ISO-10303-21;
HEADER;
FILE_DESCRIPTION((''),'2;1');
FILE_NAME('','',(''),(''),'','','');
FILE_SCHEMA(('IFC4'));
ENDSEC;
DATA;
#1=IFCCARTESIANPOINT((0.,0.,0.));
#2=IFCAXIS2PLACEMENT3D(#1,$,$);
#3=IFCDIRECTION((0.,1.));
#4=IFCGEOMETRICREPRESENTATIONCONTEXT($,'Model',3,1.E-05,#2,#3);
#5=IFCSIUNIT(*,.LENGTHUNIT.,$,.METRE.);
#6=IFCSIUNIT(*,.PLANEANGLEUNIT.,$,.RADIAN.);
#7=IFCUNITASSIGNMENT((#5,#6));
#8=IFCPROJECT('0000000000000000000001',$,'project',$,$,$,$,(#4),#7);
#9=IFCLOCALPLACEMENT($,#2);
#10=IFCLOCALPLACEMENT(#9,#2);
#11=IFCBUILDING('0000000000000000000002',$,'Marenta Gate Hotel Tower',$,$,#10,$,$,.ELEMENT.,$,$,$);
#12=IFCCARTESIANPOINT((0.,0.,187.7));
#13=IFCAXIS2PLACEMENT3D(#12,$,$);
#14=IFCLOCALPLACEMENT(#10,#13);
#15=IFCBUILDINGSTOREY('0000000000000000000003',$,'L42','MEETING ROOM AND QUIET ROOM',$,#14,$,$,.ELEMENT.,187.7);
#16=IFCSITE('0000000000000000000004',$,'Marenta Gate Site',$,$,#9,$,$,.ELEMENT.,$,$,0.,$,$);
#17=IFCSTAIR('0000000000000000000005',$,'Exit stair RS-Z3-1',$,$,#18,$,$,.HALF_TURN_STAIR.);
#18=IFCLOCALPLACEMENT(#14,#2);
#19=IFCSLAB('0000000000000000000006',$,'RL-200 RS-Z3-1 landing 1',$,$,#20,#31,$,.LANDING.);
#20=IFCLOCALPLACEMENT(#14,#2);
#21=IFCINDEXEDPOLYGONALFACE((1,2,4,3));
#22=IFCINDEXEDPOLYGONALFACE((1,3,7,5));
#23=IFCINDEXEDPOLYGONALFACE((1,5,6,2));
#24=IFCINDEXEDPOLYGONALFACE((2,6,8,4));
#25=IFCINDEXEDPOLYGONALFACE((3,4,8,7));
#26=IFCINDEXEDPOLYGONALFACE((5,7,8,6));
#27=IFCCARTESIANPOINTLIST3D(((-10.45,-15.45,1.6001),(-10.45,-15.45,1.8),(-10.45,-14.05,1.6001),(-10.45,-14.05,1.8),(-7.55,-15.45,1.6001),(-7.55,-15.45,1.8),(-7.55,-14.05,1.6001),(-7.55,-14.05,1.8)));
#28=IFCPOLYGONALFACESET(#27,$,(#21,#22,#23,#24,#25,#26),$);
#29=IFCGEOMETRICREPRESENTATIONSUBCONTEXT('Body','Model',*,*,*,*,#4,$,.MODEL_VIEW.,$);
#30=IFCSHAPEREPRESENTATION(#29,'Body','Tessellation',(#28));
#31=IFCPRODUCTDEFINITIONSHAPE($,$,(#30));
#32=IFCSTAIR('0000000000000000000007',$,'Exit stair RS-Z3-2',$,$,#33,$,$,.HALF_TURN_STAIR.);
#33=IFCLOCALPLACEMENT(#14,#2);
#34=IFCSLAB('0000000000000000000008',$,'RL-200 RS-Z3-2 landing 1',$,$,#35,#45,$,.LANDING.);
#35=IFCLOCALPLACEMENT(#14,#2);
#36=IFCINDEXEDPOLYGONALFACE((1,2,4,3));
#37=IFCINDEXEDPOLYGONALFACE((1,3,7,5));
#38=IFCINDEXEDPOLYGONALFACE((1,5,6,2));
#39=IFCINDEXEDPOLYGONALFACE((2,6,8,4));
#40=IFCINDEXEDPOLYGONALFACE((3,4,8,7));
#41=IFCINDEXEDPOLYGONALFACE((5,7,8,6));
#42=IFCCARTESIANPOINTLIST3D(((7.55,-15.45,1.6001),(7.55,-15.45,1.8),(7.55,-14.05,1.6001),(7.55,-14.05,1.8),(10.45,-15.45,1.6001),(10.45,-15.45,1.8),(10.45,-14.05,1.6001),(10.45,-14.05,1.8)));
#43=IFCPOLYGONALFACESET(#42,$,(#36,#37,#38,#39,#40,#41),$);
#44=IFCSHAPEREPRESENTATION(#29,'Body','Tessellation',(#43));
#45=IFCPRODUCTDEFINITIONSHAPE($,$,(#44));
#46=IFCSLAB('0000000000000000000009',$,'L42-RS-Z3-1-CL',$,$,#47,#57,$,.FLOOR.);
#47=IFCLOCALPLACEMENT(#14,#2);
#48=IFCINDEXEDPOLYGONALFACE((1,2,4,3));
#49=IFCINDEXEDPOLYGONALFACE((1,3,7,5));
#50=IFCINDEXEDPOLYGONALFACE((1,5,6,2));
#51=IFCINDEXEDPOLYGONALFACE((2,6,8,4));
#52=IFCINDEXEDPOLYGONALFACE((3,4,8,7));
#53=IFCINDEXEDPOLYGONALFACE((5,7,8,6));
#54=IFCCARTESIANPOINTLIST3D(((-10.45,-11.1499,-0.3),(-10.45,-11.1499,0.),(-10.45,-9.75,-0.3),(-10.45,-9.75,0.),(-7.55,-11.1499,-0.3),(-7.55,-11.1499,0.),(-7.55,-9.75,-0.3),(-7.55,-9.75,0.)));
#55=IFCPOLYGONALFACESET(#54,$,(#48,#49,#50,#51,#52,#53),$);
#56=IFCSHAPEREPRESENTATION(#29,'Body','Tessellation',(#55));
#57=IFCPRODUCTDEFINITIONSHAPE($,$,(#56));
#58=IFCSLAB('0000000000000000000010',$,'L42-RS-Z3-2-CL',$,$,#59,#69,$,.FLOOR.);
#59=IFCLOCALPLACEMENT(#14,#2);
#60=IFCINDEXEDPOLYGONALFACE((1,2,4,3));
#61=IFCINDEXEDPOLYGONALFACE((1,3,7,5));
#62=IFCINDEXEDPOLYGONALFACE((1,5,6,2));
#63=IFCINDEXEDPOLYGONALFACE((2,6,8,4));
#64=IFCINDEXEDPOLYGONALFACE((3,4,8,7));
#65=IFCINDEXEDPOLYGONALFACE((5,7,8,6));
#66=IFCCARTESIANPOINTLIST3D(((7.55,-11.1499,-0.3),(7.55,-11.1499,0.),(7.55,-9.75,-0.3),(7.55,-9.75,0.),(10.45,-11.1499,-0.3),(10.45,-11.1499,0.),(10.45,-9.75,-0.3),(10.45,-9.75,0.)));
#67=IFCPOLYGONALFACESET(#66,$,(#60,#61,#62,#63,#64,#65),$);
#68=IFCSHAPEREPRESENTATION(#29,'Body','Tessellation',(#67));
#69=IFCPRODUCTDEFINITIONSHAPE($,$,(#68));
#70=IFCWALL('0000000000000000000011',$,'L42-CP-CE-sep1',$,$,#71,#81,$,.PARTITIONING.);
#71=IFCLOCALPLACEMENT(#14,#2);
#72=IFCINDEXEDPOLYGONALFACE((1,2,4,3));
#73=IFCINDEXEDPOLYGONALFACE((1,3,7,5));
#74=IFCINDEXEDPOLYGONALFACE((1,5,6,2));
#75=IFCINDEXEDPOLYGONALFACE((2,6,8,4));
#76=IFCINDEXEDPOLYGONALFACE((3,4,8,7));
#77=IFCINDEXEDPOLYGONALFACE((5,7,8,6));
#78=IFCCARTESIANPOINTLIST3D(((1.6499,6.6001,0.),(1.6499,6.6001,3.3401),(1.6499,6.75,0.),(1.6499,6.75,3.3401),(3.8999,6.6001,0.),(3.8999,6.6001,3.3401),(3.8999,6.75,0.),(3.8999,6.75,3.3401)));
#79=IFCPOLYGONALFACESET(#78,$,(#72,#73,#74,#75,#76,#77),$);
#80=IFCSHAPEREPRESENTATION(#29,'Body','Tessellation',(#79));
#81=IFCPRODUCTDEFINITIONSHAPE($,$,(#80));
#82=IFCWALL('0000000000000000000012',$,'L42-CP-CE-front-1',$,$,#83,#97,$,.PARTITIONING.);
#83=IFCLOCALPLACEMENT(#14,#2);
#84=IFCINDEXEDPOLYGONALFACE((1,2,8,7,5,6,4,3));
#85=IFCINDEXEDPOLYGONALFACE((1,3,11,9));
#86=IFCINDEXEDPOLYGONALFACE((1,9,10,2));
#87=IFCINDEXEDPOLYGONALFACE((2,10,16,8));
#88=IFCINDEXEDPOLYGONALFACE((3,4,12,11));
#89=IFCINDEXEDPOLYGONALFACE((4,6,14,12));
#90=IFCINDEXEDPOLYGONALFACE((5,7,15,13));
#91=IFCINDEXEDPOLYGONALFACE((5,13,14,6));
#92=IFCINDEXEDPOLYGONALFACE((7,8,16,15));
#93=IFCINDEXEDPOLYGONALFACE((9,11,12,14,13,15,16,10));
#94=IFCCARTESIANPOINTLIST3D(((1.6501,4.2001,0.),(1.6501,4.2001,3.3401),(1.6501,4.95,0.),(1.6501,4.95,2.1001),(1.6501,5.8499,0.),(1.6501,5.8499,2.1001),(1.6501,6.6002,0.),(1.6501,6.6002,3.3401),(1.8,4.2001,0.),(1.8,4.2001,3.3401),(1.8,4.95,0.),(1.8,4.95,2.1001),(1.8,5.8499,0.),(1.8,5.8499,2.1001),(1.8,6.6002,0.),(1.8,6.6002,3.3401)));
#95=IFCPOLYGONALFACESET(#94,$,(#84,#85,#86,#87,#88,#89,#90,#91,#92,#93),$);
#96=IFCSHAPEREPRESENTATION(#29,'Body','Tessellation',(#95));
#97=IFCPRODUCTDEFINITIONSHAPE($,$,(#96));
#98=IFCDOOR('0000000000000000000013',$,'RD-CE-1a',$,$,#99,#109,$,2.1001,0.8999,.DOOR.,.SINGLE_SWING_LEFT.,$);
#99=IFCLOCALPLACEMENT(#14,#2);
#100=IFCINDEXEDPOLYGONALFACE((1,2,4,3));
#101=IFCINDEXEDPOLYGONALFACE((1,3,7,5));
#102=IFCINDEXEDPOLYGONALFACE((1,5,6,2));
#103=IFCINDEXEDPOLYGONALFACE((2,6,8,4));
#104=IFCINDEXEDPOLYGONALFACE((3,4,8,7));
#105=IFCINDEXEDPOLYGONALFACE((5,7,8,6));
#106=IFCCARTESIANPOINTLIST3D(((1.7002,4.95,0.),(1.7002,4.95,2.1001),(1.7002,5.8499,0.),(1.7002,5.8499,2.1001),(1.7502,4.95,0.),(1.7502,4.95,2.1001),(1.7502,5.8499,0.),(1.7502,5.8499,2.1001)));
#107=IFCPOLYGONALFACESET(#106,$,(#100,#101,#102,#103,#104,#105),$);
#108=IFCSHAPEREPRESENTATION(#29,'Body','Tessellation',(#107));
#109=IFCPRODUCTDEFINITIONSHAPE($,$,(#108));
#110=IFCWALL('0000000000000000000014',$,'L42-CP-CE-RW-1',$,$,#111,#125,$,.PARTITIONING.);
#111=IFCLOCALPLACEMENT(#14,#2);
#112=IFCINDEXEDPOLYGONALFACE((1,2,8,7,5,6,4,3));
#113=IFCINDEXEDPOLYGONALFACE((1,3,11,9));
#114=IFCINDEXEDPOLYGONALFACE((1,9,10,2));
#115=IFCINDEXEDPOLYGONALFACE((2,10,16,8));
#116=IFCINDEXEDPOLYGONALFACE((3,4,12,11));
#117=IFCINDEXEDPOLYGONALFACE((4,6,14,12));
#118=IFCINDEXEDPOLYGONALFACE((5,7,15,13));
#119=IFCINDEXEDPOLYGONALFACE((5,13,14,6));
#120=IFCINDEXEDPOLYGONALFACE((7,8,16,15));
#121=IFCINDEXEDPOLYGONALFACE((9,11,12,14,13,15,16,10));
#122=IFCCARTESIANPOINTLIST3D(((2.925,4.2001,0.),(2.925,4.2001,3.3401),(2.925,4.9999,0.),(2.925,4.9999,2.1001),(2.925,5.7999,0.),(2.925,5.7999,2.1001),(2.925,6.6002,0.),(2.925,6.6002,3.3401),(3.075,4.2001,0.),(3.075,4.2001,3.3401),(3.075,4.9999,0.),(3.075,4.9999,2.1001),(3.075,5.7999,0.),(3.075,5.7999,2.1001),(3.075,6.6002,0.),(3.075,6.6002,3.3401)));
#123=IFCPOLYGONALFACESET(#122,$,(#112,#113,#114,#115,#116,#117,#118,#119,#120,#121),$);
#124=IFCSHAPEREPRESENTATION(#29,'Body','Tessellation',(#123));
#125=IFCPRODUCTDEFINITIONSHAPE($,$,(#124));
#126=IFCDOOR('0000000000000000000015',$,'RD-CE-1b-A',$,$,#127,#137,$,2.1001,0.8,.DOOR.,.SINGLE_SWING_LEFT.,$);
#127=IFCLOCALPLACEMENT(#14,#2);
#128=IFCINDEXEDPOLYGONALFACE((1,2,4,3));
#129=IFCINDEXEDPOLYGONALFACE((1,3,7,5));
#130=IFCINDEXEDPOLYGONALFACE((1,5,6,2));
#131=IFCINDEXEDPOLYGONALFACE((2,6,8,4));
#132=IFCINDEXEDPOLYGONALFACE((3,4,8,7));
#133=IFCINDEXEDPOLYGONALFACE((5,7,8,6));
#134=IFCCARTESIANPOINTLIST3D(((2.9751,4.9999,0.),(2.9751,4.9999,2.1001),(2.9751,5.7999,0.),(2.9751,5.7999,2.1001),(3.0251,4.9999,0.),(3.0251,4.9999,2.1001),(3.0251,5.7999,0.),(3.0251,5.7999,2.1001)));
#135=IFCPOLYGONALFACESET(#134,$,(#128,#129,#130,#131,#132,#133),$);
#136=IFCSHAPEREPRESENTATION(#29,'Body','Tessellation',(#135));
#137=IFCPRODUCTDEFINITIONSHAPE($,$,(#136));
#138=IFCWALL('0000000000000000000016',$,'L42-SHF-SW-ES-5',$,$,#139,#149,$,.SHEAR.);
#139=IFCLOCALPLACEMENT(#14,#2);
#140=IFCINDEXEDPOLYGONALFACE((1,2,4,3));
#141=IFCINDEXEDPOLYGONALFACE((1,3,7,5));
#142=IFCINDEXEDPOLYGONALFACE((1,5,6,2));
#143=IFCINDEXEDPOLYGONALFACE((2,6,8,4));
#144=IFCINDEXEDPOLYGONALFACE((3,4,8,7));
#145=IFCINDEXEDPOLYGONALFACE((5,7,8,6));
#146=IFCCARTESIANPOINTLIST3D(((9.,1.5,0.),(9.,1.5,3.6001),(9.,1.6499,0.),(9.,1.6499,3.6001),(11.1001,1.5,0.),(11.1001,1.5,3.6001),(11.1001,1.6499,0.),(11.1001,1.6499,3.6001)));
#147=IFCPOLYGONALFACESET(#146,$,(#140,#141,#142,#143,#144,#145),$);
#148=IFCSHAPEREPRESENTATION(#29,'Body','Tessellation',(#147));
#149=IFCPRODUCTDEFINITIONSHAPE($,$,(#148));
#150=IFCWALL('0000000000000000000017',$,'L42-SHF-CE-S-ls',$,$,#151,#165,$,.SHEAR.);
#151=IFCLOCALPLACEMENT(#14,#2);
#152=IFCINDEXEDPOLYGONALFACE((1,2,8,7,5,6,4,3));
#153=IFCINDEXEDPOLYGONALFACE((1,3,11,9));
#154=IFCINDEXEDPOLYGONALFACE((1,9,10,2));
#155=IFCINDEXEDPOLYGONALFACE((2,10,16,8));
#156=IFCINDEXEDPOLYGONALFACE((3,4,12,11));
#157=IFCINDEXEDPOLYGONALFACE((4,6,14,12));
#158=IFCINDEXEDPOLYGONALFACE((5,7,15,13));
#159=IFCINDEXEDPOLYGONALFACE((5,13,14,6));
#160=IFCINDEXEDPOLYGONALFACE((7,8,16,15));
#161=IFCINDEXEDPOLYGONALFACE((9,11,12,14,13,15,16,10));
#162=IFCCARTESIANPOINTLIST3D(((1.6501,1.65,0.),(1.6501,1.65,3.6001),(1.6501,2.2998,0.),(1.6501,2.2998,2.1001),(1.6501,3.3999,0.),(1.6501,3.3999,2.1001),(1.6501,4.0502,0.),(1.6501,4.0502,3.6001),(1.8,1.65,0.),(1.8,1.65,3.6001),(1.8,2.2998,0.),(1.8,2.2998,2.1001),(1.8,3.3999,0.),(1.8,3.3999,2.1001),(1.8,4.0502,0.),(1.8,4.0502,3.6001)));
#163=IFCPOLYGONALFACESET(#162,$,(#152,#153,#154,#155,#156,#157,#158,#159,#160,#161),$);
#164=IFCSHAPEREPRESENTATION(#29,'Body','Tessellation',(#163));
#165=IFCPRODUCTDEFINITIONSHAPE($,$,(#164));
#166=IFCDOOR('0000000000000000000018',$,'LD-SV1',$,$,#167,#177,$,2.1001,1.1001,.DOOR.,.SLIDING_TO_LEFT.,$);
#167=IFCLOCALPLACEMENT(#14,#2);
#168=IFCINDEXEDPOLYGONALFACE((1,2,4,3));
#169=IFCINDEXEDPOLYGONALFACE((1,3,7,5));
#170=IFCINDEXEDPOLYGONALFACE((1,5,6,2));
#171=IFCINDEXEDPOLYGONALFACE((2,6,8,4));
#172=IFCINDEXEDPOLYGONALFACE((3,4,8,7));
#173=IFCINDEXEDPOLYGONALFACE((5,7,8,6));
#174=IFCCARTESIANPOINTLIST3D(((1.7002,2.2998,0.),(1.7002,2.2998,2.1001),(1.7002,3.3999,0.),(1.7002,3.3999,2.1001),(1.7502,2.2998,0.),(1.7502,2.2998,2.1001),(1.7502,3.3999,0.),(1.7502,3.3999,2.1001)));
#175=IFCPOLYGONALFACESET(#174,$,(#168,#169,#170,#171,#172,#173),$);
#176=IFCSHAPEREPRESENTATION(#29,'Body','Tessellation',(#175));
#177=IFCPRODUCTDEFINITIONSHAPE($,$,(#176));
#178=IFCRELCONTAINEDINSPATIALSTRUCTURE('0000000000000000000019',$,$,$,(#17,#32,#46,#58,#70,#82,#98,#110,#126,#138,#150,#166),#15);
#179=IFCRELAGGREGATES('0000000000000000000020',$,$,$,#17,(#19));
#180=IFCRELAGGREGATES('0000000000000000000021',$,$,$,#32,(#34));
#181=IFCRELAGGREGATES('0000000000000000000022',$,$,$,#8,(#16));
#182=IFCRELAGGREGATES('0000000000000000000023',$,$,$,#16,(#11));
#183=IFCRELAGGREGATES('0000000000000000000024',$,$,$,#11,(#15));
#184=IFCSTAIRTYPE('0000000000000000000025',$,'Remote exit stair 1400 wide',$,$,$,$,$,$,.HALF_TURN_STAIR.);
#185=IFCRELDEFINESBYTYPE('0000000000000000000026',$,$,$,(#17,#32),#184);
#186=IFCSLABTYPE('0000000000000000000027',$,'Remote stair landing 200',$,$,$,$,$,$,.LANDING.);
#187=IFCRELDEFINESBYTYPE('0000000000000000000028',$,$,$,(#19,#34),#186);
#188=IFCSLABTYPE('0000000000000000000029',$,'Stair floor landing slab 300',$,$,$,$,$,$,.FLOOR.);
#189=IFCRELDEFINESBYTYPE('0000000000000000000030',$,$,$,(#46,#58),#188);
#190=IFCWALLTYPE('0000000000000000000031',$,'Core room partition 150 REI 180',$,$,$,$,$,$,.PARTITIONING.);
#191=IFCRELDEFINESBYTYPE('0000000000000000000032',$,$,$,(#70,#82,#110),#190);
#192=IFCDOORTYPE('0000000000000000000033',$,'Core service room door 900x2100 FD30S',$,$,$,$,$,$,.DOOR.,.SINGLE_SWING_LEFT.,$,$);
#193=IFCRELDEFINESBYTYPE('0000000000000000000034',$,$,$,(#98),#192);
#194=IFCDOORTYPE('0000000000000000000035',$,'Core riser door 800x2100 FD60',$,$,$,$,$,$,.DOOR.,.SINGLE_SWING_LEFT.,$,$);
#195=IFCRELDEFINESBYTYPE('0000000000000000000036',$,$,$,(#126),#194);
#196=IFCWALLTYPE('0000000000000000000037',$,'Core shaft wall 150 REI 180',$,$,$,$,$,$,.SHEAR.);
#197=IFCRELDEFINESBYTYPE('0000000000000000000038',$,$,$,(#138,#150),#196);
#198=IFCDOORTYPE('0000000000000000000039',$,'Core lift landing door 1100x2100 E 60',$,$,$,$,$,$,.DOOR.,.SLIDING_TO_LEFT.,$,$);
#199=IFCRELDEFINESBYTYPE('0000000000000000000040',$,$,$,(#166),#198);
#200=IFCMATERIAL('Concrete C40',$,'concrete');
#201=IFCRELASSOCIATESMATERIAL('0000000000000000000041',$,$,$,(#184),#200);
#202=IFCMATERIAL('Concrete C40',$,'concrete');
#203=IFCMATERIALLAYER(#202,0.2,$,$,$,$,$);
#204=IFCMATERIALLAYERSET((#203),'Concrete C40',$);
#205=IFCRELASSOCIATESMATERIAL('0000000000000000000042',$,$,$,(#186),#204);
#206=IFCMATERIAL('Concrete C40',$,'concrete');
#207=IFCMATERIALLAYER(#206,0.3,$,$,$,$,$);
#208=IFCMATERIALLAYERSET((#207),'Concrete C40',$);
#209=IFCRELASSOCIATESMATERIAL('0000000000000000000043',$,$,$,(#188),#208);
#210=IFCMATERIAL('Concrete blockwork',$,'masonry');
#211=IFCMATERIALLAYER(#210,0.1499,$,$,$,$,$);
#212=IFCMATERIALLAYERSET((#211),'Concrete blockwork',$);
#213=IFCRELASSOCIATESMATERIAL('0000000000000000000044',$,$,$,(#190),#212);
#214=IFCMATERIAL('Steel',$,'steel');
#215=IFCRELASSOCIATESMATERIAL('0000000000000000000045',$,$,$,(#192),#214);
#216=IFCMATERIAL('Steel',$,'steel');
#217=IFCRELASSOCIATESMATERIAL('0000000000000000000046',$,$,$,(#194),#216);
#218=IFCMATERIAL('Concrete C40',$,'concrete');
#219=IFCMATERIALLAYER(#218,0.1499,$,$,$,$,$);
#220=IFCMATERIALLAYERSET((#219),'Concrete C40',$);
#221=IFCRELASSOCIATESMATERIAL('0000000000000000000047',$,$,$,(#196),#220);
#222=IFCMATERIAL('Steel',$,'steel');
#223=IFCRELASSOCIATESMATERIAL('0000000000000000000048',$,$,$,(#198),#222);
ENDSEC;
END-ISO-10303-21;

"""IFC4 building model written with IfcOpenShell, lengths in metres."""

from ifc_helpers import new_model, si_unit, direction, frame, frame_2d, origin, place, context, subcontext, project, spatial, polyline, rectangle, outline, extrude, material, layer, layer_set, type_object, element, fill, aggregate, save


model = new_model("IFC4")

# Units and contexts
model_context = context("Model", 3, precision=1e-05, world=origin(), true_north=direction((0.0, 1.0)))
body_context = subcontext(model_context, "Body", "Model", "MODEL_VIEW")
ifc_project = project(units=[si_unit("LENGTHUNIT", "METRE"), si_unit("PLANEANGLEUNIT", "RADIAN")], contexts=[model_context])

# Site, building, storey
site_placement = place(None, origin())
site = spatial("IfcSite", under=ifc_project, at=site_placement, Name="Marenta Gate Site", CompositionType="ELEMENT", RefElevation=0.0)
building_placement = place(site_placement, origin())
building = spatial("IfcBuilding", under=site, at=building_placement, Name="Marenta Gate Hotel Tower", CompositionType="ELEMENT")
storey_placement = place(building_placement, frame((0.0, 0.0, 187.7)))
storey = spatial("IfcBuildingStorey", under=building, at=storey_placement, Name="L42", Description="MEETING ROOM AND QUIET ROOM", CompositionType="ELEMENT", Elevation=187.7)

# Stairs, slabs
ifc_material_1 = material(Name="Concrete C40", Category="concrete")
stair_type_1 = type_object("IfcStairType", Name="Remote exit stair 1400 wide", PredefinedType="HALF_TURN_STAIR", material=ifc_material_1)
stair_1_placement = place(storey_placement, origin())
stair_1 = element("IfcStair", 1, at=stair_1_placement, inside=storey, type_object=stair_type_1, Name="Exit stair RS-Z3-1", PredefinedType="HALF_TURN_STAIR")
ifc_material_2 = material(Name="Concrete C40", Category="concrete")
ifc_layer_1 = layer(ifc_material_2, 0.2)
ifc_layer_set_1 = layer_set([ifc_layer_1], Name="Concrete C40")
slab_type_1 = type_object("IfcSlabType", Name="Remote stair landing 200", PredefinedType="LANDING", material=ifc_layer_set_1)
slab_1_placement = place(storey_placement, frame((0.0, 0.0, 1.6001)))
slab_1 = element("IfcSlab", 2, at=slab_1_placement, type_object=slab_type_1, Name="RL-200 RS-Z3-1 landing 1", PredefinedType="LANDING", context=body_context, shape_type="SweptSolid", body=[
    extrude(outline(polyline([(-10.45, -15.45), (-7.55, -15.45), (-7.55, -14.05), (-10.45, -14.05), (-10.45, -15.45)])), origin(), (0.0, 0.0, 1.0), 0.2),
])
aggregate(stair_1, [slab_1])
stair_2_placement = place(storey_placement, origin())
stair_2 = element("IfcStair", 3, at=stair_2_placement, inside=storey, type_object=stair_type_1, Name="Exit stair RS-Z3-2", PredefinedType="HALF_TURN_STAIR")
slab_2_placement = place(storey_placement, frame((0.0, 0.0, 1.6001)))
slab_2 = element("IfcSlab", 4, at=slab_2_placement, type_object=slab_type_1, Name="RL-200 RS-Z3-2 landing 1", PredefinedType="LANDING", context=body_context, shape_type="SweptSolid", body=[
    extrude(outline(polyline([(7.55, -15.45), (10.45, -15.45), (10.45, -14.05), (7.55, -14.05), (7.55, -15.45)])), origin(), (0.0, 0.0, 1.0), 0.2),
])
aggregate(stair_2, [slab_2])

# Slabs
ifc_material_3 = material(Name="Concrete C40", Category="concrete")
ifc_layer_2 = layer(ifc_material_3, 0.3)
ifc_layer_set_2 = layer_set([ifc_layer_2], Name="Concrete C40")
slab_type_2 = type_object("IfcSlabType", Name="Stair floor landing slab 300", PredefinedType="FLOOR", material=ifc_layer_set_2)
slab_3_placement = place(storey_placement, frame((0.0, 0.0, -0.3)))
element("IfcSlab", 5, at=slab_3_placement, inside=storey, type_object=slab_type_2, Name="L42-RS-Z3-1-CL", PredefinedType="FLOOR", context=body_context, shape_type="SweptSolid", body=[
    extrude(outline(polyline([(-7.55, -11.1499), (-7.55, -9.75), (-10.45, -9.75), (-10.45, -11.1499), (-7.55, -11.1499)])), origin(), (0.0, 0.0, 1.0), 0.3),
])
slab_4_placement = place(storey_placement, frame((0.0, 0.0, -0.3)))
element("IfcSlab", 6, at=slab_4_placement, inside=storey, type_object=slab_type_2, Name="L42-RS-Z3-2-CL", PredefinedType="FLOOR", context=body_context, shape_type="SweptSolid", body=[
    extrude(outline(polyline([(10.45, -11.1499), (10.45, -9.75), (7.55, -9.75), (7.55, -11.1499), (10.45, -11.1499)])), origin(), (0.0, 0.0, 1.0), 0.3),
])

# Wall
ifc_material_4 = material(Name="Concrete blockwork", Category="masonry")
ifc_layer_3 = layer(ifc_material_4, 0.1499)
ifc_layer_set_3 = layer_set([ifc_layer_3], Name="Concrete blockwork")
wall_type_1 = type_object("IfcWallType", Name="Core room partition 150 REI 180", PredefinedType="PARTITIONING", material=ifc_layer_set_3)
wall_1_placement = place(storey_placement, frame((1.6499, 6.675, 0.0), z_axis=(0.0, 0.0, 1.0), x_axis=(1.0, 0.0, 0.0)))
element("IfcWall", 7, at=wall_1_placement, inside=storey, type_object=wall_type_1, Name="L42-CP-CE-sep1", PredefinedType="PARTITIONING", context=body_context, shape_type="SweptSolid", body=[
    extrude(rectangle(XDim=2.25, YDim=0.1499, at=frame_2d((1.125, 0.0))), origin(), (0.0, 0.0, 1.0), 3.3401),
])

# Walls, openings, doors
wall_2_placement = place(storey_placement, frame((1.7251, 4.2, 0.0), z_axis=(0.0, 0.0, 1.0), x_axis=(0.0, 1.0, 0.0)))
wall_2 = element("IfcWall", 8, at=wall_2_placement, inside=storey, type_object=wall_type_1, Name="L42-CP-CE-front-1", PredefinedType="PARTITIONING", context=body_context, shape_type="SweptSolid", body=[
    extrude(rectangle(XDim=2.4001, YDim=0.1499, at=frame_2d((1.2002, 0.0))), origin(), (0.0, 0.0, 1.0), 3.3401),
])
opening_1_placement = place(wall_2_placement, frame((0.75, 0.0, 0.0)))
opening_1 = element("IfcOpeningElement", 9, at=opening_1_placement, cuts=wall_2, PredefinedType="OPENING", context=body_context, shape_type="SweptSolid", body=[
    extrude(rectangle(XDim=0.8999, YDim=2.1001, at=frame_2d((0.45, 1.05))), frame((0.0, 0.075, 0.0), z_axis=(0.0, -1.0, 0.0), x_axis=(1.0, 0.0, 0.0)), (0.0, 0.0, 1.0), 0.1499),
])
ifc_material_5 = material(Name="Steel", Category="steel")
door_type_1 = type_object("IfcDoorType", Name="Core service room door 900x2100 FD30S", OperationType="SINGLE_SWING_LEFT", PredefinedType="DOOR", material=ifc_material_5)
door_1_placement = place(opening_1_placement, origin())
door_1 = element("IfcDoor", 10, at=door_1_placement, inside=storey, type_object=door_type_1, Name="RD-CE-1a", OperationType="SINGLE_SWING_LEFT", OverallHeight=2.1001, OverallWidth=0.8999, PredefinedType="DOOR", context=body_context, shape_type="SweptSolid", body=[
    extrude(rectangle(XDim=0.8999, YDim=2.1001, at=frame_2d((0.45, 1.05))), frame((0.0, 0.0249, 0.0), z_axis=(0.0, -1.0, 0.0), x_axis=(1.0, 0.0, 0.0)), (0.0, 0.0, 1.0), 0.05),
])
fill(opening_1, door_1)
wall_3_placement = place(storey_placement, frame((3.0, 4.2, 0.0), z_axis=(0.0, 0.0, 1.0), x_axis=(0.0, 1.0, 0.0)))
wall_3 = element("IfcWall", 11, at=wall_3_placement, inside=storey, type_object=wall_type_1, Name="L42-CP-CE-RW-1", PredefinedType="PARTITIONING", context=body_context, shape_type="SweptSolid", body=[
    extrude(rectangle(XDim=2.4001, YDim=0.1499, at=frame_2d((1.2002, 0.0))), origin(), (0.0, 0.0, 1.0), 3.3401),
])
opening_2_placement = place(wall_3_placement, frame((0.8, 0.0, 0.0)))
opening_2 = element("IfcOpeningElement", 12, at=opening_2_placement, cuts=wall_3, PredefinedType="OPENING", context=body_context, shape_type="SweptSolid", body=[
    extrude(rectangle(XDim=0.8, YDim=2.1001, at=frame_2d((0.3999, 1.05))), frame((0.0, 0.075, 0.0), z_axis=(0.0, -1.0, 0.0), x_axis=(1.0, 0.0, 0.0)), (0.0, 0.0, 1.0), 0.1499),
])
ifc_material_6 = material(Name="Steel", Category="steel")
door_type_2 = type_object("IfcDoorType", Name="Core riser door 800x2100 FD60", OperationType="SINGLE_SWING_LEFT", PredefinedType="DOOR", material=ifc_material_6)
door_2_placement = place(opening_2_placement, origin())
door_2 = element("IfcDoor", 13, at=door_2_placement, inside=storey, type_object=door_type_2, Name="RD-CE-1b-A", OperationType="SINGLE_SWING_LEFT", OverallHeight=2.1001, OverallWidth=0.8, PredefinedType="DOOR", context=body_context, shape_type="SweptSolid", body=[
    extrude(rectangle(XDim=0.8, YDim=2.1001, at=frame_2d((0.3999, 1.05))), frame((0.0, 0.0249, 0.0), z_axis=(0.0, -1.0, 0.0), x_axis=(1.0, 0.0, 0.0)), (0.0, 0.0, 1.0), 0.05),
])
fill(opening_2, door_2)

# Wall
ifc_material_7 = material(Name="Concrete C40", Category="concrete")
ifc_layer_4 = layer(ifc_material_7, 0.1499)
ifc_layer_set_4 = layer_set([ifc_layer_4], Name="Concrete C40")
wall_type_2 = type_object("IfcWallType", Name="Core shaft wall 150 REI 180", PredefinedType="SHEAR", material=ifc_layer_set_4)
wall_4_placement = place(storey_placement, frame((9.0, 1.575, 0.0), z_axis=(0.0, 0.0, 1.0), x_axis=(1.0, 0.0, 0.0)))
element("IfcWall", 14, at=wall_4_placement, inside=storey, type_object=wall_type_2, Name="L42-SHF-SW-ES-5", PredefinedType="SHEAR", context=body_context, shape_type="SweptSolid", body=[
    extrude(rectangle(XDim=2.1001, YDim=0.1499, at=frame_2d((1.05, 0.0))), origin(), (0.0, 0.0, 1.0), 3.6001),
])

# Wall, opening, door
wall_5_placement = place(storey_placement, frame((1.7251, 1.6499, 0.0), z_axis=(0.0, 0.0, 1.0), x_axis=(0.0, 1.0, 0.0)))
wall_5 = element("IfcWall", 15, at=wall_5_placement, inside=storey, type_object=wall_type_2, Name="L42-SHF-CE-S-ls", PredefinedType="SHEAR", context=body_context, shape_type="SweptSolid", body=[
    extrude(rectangle(XDim=2.4001, YDim=0.1499, at=frame_2d((1.2002, 0.0))), origin(), (0.0, 0.0, 1.0), 3.6001),
])
opening_3_placement = place(wall_5_placement, frame((0.6499, 0.0, 0.0)))
opening_3 = element("IfcOpeningElement", 16, at=opening_3_placement, cuts=wall_5, PredefinedType="OPENING", context=body_context, shape_type="SweptSolid", body=[
    extrude(rectangle(XDim=1.1001, YDim=2.1001, at=frame_2d((0.55, 1.05))), frame((0.0, 0.075, 0.0), z_axis=(0.0, -1.0, 0.0), x_axis=(1.0, 0.0, 0.0)), (0.0, 0.0, 1.0), 0.1499),
])
ifc_material_8 = material(Name="Steel", Category="steel")
door_type_3 = type_object("IfcDoorType", Name="Core lift landing door 1100x2100 E 60", OperationType="SLIDING_TO_LEFT", PredefinedType="DOOR", material=ifc_material_8)
door_3_placement = place(opening_3_placement, origin())
door_3 = element("IfcDoor", 17, at=door_3_placement, inside=storey, type_object=door_type_3, Name="LD-SV1", OperationType="SLIDING_TO_LEFT", OverallHeight=2.1001, OverallWidth=1.1001, PredefinedType="DOOR", context=body_context, shape_type="SweptSolid", body=[
    extrude(rectangle(XDim=1.1001, YDim=2.1001, at=frame_2d((0.55, 1.05))), frame((0.0, 0.0249, 0.0), z_axis=(0.0, -1.0, 0.0), x_axis=(1.0, 0.0, 0.0)), (0.0, 0.0, 1.0), 0.05),
])
fill(opening_3, door_3)

save(model, "model.ifc")
